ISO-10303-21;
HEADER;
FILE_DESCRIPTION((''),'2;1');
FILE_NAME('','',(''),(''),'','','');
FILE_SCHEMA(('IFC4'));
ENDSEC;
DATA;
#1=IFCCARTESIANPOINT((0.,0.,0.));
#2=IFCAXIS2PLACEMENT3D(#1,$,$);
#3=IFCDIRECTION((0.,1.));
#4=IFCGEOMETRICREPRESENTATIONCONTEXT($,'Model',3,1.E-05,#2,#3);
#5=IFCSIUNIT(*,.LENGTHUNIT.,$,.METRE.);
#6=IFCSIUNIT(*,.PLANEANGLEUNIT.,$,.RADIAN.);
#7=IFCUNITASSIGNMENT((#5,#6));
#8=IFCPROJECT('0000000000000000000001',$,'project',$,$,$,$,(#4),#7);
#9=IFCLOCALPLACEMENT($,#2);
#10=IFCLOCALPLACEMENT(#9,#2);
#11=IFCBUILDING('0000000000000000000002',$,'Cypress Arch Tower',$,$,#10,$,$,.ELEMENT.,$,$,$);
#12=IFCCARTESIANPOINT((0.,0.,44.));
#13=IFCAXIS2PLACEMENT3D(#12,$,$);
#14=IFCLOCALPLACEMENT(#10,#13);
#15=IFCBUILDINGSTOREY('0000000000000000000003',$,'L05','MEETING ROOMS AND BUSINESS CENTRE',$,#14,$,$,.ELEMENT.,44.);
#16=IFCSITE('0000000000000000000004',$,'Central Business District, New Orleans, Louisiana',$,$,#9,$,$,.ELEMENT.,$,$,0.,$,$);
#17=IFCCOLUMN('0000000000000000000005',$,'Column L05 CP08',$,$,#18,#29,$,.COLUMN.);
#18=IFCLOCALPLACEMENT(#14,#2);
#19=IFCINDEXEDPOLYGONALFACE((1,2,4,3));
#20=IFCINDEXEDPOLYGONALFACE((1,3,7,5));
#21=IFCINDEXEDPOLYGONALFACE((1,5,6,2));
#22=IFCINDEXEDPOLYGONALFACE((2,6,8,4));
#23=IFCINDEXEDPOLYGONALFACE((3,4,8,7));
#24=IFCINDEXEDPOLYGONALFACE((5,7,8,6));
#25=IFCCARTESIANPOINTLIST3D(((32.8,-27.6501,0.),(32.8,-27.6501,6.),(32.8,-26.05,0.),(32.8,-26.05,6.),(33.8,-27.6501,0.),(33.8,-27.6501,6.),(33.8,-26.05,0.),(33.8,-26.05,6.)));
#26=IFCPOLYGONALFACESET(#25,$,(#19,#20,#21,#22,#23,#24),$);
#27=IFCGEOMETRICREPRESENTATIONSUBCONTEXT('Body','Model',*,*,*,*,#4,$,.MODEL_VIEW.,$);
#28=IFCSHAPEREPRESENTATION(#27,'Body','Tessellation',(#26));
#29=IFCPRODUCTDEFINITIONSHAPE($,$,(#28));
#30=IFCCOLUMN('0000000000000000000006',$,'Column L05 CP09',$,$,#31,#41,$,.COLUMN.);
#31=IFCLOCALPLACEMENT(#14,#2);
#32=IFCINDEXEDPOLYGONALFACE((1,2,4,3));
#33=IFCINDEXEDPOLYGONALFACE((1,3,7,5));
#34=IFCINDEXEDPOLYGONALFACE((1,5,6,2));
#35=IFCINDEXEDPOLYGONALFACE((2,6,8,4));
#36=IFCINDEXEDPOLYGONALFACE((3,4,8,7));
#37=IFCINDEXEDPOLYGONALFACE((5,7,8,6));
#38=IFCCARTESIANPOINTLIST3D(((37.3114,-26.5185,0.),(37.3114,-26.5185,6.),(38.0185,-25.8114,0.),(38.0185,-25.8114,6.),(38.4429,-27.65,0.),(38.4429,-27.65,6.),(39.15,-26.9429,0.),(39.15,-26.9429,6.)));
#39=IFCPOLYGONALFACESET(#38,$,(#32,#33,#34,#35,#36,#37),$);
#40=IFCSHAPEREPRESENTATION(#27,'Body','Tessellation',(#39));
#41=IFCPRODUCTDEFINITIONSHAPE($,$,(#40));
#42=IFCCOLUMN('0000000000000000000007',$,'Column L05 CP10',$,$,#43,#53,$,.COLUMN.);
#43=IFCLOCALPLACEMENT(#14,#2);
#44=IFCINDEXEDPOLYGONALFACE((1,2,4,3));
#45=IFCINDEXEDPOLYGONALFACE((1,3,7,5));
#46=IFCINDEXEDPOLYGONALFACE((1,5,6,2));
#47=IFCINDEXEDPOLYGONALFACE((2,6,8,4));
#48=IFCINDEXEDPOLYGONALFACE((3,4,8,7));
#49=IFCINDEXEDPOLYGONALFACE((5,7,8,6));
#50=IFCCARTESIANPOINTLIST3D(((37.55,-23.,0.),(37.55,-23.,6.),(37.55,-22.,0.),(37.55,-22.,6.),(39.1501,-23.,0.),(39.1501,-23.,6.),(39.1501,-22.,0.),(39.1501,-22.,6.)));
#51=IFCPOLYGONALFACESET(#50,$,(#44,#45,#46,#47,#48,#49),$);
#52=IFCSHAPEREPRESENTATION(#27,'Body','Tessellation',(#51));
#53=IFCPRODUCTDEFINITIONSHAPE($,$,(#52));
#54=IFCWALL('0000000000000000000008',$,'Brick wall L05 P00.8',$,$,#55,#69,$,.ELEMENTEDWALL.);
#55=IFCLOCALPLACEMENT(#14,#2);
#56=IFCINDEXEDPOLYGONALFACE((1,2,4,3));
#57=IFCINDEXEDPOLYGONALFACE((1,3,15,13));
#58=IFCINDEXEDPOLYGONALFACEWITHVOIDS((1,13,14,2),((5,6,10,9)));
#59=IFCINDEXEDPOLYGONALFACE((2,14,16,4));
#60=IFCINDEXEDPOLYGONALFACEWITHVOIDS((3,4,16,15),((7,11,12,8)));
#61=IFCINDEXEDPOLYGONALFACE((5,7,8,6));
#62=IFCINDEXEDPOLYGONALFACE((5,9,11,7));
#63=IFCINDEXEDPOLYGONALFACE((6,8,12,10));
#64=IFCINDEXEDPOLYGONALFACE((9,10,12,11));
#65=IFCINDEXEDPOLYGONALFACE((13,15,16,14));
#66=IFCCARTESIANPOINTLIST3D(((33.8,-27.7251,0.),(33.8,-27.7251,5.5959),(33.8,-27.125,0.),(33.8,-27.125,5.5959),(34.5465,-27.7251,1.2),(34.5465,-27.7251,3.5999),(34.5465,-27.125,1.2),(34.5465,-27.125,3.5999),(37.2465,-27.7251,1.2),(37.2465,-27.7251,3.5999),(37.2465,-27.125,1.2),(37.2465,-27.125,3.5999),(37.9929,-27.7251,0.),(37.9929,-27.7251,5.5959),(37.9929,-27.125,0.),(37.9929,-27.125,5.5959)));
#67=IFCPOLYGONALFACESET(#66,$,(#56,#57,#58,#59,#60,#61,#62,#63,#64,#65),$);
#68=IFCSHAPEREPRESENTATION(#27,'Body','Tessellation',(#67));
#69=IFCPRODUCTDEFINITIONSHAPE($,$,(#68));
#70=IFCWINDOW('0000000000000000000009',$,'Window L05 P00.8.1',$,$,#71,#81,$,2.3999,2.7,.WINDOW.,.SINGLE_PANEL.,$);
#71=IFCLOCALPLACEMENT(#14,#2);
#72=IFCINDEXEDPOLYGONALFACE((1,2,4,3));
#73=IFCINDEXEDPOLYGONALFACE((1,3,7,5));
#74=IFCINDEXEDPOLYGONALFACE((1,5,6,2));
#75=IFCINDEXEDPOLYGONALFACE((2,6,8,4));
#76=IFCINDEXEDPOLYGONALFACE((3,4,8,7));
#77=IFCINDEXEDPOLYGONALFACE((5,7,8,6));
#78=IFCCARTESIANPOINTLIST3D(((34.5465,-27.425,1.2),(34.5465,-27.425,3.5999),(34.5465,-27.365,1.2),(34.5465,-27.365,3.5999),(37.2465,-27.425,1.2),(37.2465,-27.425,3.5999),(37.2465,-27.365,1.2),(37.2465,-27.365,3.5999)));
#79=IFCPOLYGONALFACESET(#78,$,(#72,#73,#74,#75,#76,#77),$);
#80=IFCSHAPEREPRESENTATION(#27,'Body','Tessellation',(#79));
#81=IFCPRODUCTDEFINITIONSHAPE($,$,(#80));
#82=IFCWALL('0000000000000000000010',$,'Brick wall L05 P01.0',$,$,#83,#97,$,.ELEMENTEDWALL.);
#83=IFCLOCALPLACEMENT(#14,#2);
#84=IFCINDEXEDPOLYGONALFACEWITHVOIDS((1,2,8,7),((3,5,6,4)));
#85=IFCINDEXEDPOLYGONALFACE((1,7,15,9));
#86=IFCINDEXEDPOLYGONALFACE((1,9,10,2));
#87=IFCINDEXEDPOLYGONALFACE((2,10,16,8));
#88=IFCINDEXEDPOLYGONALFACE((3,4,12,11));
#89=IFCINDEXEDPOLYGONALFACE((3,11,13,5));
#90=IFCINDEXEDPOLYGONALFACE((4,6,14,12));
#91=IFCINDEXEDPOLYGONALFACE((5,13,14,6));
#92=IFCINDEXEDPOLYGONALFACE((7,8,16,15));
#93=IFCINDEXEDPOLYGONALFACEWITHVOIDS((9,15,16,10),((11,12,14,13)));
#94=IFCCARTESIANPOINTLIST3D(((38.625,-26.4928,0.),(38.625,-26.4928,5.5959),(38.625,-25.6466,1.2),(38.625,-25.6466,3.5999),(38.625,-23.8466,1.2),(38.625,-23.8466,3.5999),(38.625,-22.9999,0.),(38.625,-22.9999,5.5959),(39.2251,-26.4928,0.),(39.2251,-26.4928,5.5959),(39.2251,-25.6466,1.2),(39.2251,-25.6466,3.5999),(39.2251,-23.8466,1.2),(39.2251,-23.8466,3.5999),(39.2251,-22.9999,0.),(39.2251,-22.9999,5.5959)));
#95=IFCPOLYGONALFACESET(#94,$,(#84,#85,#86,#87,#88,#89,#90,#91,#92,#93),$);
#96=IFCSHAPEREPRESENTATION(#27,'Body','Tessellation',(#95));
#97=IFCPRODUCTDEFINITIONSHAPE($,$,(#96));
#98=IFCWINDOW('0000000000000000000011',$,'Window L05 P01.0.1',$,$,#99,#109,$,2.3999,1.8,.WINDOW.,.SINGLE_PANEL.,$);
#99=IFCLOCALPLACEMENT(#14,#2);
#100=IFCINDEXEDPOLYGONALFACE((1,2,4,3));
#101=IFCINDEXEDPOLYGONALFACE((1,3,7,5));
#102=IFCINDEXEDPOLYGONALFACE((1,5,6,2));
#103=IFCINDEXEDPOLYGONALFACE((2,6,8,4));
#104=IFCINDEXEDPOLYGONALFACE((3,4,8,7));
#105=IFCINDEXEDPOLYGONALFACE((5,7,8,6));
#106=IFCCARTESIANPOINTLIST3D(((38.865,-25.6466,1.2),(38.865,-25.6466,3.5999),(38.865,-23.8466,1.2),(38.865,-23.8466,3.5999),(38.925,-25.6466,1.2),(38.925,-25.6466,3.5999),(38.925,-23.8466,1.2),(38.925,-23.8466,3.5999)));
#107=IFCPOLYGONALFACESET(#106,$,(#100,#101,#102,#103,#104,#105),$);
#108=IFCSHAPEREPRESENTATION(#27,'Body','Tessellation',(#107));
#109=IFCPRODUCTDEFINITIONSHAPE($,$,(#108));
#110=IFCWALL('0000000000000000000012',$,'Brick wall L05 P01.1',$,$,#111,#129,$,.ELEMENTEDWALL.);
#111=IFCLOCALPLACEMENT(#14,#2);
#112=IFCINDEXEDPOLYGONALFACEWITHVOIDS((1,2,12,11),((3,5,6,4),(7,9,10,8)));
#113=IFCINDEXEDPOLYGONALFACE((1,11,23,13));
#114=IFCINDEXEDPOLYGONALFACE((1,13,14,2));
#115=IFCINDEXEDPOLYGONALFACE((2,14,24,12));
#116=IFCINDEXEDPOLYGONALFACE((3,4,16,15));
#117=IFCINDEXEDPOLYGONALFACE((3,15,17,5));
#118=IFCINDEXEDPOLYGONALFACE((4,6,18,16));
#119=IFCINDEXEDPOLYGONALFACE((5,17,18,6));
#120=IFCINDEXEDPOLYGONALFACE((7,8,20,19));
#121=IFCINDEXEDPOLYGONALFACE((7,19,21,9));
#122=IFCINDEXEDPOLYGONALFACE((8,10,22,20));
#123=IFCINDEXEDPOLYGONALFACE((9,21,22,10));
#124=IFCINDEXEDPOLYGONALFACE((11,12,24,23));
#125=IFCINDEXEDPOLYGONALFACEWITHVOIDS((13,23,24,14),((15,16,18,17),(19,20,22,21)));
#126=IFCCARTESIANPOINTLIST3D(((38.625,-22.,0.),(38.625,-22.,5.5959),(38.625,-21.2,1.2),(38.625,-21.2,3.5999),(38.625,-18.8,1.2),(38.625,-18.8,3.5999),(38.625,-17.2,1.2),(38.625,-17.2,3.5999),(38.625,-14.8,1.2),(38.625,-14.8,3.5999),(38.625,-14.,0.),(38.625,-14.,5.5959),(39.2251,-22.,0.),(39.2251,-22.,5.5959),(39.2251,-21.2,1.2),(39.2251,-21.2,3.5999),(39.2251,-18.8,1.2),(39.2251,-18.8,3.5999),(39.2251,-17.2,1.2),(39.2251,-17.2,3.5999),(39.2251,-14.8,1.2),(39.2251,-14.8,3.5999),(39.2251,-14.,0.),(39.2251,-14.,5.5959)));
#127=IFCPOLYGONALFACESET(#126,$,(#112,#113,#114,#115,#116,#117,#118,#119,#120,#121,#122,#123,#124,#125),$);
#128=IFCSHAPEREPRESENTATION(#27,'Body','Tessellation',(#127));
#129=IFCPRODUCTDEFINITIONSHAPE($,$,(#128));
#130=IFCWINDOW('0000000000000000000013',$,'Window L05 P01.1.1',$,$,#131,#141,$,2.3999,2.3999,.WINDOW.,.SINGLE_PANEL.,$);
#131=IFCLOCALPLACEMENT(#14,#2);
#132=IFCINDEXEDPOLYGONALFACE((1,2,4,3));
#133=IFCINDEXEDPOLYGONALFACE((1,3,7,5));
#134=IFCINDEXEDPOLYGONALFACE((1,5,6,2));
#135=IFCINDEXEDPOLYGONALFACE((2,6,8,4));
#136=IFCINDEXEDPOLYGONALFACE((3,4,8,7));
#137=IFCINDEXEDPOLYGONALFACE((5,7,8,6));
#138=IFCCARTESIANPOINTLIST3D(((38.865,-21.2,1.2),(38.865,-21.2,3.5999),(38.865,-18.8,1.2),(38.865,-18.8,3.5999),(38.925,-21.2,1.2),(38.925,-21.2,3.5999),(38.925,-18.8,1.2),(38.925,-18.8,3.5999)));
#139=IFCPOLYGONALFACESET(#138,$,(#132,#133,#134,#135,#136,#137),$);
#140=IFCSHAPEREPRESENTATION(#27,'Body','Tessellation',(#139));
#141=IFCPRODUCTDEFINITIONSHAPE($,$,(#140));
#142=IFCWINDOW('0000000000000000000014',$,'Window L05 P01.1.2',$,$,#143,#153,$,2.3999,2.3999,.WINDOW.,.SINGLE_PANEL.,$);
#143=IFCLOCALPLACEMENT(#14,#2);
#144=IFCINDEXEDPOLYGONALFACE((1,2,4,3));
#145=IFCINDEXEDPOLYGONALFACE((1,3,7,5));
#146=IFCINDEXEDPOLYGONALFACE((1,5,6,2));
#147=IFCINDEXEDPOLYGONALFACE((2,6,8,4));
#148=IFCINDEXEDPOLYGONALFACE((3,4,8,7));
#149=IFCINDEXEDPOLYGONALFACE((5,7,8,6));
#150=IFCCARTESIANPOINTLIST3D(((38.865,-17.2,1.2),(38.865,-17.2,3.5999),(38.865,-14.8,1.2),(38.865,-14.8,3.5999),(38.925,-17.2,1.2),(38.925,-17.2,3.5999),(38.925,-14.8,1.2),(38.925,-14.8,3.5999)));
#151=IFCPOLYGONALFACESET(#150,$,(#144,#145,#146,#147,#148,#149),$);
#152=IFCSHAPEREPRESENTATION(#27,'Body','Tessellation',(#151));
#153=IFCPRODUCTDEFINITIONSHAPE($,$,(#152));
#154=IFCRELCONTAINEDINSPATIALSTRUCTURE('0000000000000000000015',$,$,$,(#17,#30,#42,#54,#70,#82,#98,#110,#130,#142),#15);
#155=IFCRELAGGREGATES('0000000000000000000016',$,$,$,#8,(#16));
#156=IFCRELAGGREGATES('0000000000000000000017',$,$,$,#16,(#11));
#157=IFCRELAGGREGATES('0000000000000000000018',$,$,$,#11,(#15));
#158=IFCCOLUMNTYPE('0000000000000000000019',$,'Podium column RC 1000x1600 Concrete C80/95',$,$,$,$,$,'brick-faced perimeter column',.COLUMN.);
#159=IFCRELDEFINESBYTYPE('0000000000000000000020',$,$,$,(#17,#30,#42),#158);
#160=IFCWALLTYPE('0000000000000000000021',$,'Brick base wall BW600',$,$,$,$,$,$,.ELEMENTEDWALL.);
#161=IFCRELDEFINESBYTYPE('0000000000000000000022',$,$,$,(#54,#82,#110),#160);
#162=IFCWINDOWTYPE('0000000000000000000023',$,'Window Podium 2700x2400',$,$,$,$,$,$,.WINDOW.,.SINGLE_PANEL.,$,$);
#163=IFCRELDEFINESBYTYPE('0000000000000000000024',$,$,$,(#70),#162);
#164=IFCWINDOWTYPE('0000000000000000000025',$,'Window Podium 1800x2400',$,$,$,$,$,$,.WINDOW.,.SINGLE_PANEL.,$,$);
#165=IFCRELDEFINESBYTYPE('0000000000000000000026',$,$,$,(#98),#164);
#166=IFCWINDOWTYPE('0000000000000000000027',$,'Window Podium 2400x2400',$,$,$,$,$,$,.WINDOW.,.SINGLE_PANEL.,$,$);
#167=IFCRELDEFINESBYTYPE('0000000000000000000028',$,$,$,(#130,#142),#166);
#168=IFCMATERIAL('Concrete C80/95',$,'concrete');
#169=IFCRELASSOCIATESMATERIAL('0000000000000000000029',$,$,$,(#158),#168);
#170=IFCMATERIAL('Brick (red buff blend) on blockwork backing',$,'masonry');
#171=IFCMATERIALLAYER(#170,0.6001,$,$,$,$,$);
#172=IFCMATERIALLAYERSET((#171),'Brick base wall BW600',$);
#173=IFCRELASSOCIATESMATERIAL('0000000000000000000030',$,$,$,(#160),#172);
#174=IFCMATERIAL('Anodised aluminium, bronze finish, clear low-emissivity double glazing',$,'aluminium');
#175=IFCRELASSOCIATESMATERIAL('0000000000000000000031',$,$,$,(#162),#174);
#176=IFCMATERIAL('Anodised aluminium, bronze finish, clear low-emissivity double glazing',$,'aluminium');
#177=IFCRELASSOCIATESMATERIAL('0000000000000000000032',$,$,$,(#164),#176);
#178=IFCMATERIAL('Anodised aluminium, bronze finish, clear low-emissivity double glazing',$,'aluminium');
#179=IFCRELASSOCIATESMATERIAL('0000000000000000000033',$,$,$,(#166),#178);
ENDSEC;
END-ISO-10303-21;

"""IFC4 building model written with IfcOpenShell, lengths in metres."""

from ifc_helpers import new_model, si_unit, direction, frame, frame_2d, origin, origin_2d, place, context, subcontext, project, spatial, rectangle, extrude, material, layer, layer_set, material_profile, profile_set, type_object, element, fill, save


model = new_model("IFC4")

# Units and contexts
model_context = context("Model", 3, precision=1e-05, world=origin(), true_north=direction((0.0, 1.0)))
body_context = subcontext(model_context, "Body", "Model", "MODEL_VIEW")
ifc_project = project(units=[si_unit("LENGTHUNIT", "METRE"), si_unit("PLANEANGLEUNIT", "RADIAN")], contexts=[model_context])

# Site, building, storey
site_placement = place(None, origin())
site = spatial("IfcSite", under=ifc_project, at=site_placement, Name="Central Business District, New Orleans, Louisiana", CompositionType="ELEMENT", RefElevation=0.0)
building_placement = place(site_placement, origin())
building = spatial("IfcBuilding", under=site, at=building_placement, Name="Cypress Arch Tower", CompositionType="ELEMENT")
storey_placement = place(building_placement, frame((0.0, 0.0, 44.0)))
storey = spatial("IfcBuildingStorey", under=building, at=storey_placement, Name="L05", Description="MEETING ROOMS AND BUSINESS CENTRE", CompositionType="ELEMENT", Elevation=44.0)

# Columns
ifc_material_1 = material(Name="Concrete C80/95", Category="concrete")
ifc_material_profile = material_profile(ifc_material_1, rectangle(XDim=1.0, YDim=1.6001, at=origin_2d()), Name="RC 1000x1600")
ifc_profile_set = profile_set([ifc_material_profile], Name="Concrete C80/95")
column_type = type_object("IfcColumnType", Name="Podium column RC 1000x1600 Concrete C80/95", ElementType="brick-faced perimeter column", PredefinedType="COLUMN", material=ifc_profile_set)
for number, where, z_axis, x_axis, name in (
    (1, (33.3, -26.8501, 0.0), (0.0, 0.0, 1.0), (1.0, 0.0, 0.0), "Column L05 CP08"),
    (2, (38.2307, -26.7307, 0.0), (0.0, 0.0, 1.0), (0.707107, 0.707107, 0.0), "Column L05 CP09"),
    (3, (38.3501, -22.5, 0.0), (0.0, 0.0, 1.0), (0.0, 1.0, 0.0), "Column L05 CP10"),
):
    element("IfcColumn", number, at=place(storey_placement, frame(where, z_axis=z_axis, x_axis=x_axis)), inside=storey, type_object=column_type, Name=name, PredefinedType="COLUMN", context=body_context, shape_type="SweptSolid", body=[
        extrude(rectangle(XDim=1.0, YDim=1.6001, at=origin_2d()), origin(), (0.0, 0.0, 1.0), 6.0),
    ])

# Walls, openings, windows
ifc_material_2 = material(Name="Brick (red buff blend) on blockwork backing", Category="masonry")
ifc_layer_1 = layer(ifc_material_2, 0.6001)
ifc_layer_set_1 = layer_set([ifc_layer_1], Name="Brick base wall BW600")
wall_type_1 = type_object("IfcWallType", Name="Brick base wall BW600", PredefinedType="ELEMENTEDWALL", material=ifc_layer_set_1)
wall_1_placement = place(storey_placement, frame((33.8, -27.425, 0.0), z_axis=(0.0, 0.0, 1.0), x_axis=(1.0, 0.0, 0.0)))
wall_1 = element("IfcWall", 4, at=wall_1_placement, inside=storey, type_object=wall_type_1, Name="Brick wall L05 P00.8", PredefinedType="ELEMENTEDWALL", context=body_context, shape_type="SweptSolid", body=[
    extrude(rectangle(XDim=4.1929, YDim=0.6001, at=frame_2d((2.0964, 0.0))), origin(), (0.0, 0.0, 1.0), 5.5959),
])
opening_1_placement = place(wall_1_placement, frame((0.7463, 0.0, 1.2)))
opening_1 = element("IfcOpeningElement", 5, at=opening_1_placement, cuts=wall_1, PredefinedType="OPENING", context=body_context, shape_type="SweptSolid", body=[
    extrude(rectangle(XDim=2.7, YDim=2.3999, at=frame_2d((1.3501, 1.2))), frame((0.0, 0.3101, 0.0), z_axis=(0.0, -1.0, 0.0), x_axis=(1.0, 0.0, 0.0)), (0.0, 0.0, 1.0), 0.6201),
])
ifc_material_3 = material(Name="Anodised aluminium, bronze finish, clear low-emissivity double glazing", Category="aluminium")
window_type_1 = type_object("IfcWindowType", Name="Window Podium 2700x2400", PartitioningType="SINGLE_PANEL", PredefinedType="WINDOW", material=ifc_material_3)
window_1_placement = place(opening_1_placement, origin())
window_1 = element("IfcWindow", 6, at=window_1_placement, inside=storey, type_object=window_type_1, Name="Window L05 P00.8.1", OverallHeight=2.3999, OverallWidth=2.7, PartitioningType="SINGLE_PANEL", PredefinedType="WINDOW", context=body_context, shape_type="SweptSolid", body=[
    extrude(rectangle(XDim=2.7, YDim=2.3999, at=frame_2d((1.3501, 1.2))), frame((0.0, 0.0601, 0.0), z_axis=(0.0, -1.0, 0.0), x_axis=(1.0, 0.0, 0.0)), (0.0, 0.0, 1.0), 0.0601),
])
fill(opening_1, window_1)
wall_2_placement = place(storey_placement, frame((38.925, -26.4929, 0.0), z_axis=(0.0, 0.0, 1.0), x_axis=(0.0, 1.0, 0.0)))
wall_2 = element("IfcWall", 7, at=wall_2_placement, inside=storey, type_object=wall_type_1, Name="Brick wall L05 P01.0", PredefinedType="ELEMENTEDWALL", context=body_context, shape_type="SweptSolid", body=[
    extrude(rectangle(XDim=3.4929, YDim=0.6001, at=frame_2d((1.7466, 0.0))), origin(), (0.0, 0.0, 1.0), 5.5959),
])
opening_2_placement = place(wall_2_placement, frame((0.8464, 0.0, 1.2)))
opening_2 = element("IfcOpeningElement", 8, at=opening_2_placement, cuts=wall_2, PredefinedType="OPENING", context=body_context, shape_type="SweptSolid", body=[
    extrude(rectangle(XDim=1.8, YDim=2.3999, at=frame_2d((0.8999, 1.2))), frame((0.0, 0.3101, 0.0), z_axis=(0.0, -1.0, 0.0), x_axis=(1.0, 0.0, 0.0)), (0.0, 0.0, 1.0), 0.6201),
])
ifc_material_4 = material(Name="Anodised aluminium, bronze finish, clear low-emissivity double glazing", Category="aluminium")
window_type_2 = type_object("IfcWindowType", Name="Window Podium 1800x2400", PartitioningType="SINGLE_PANEL", PredefinedType="WINDOW", material=ifc_material_4)
window_2_placement = place(opening_2_placement, origin())
window_2 = element("IfcWindow", 9, at=window_2_placement, inside=storey, type_object=window_type_2, Name="Window L05 P01.0.1", OverallHeight=2.3999, OverallWidth=1.8, PartitioningType="SINGLE_PANEL", PredefinedType="WINDOW", context=body_context, shape_type="SweptSolid", body=[
    extrude(rectangle(XDim=1.8, YDim=2.3999, at=frame_2d((0.8999, 1.2))), frame((0.0, 0.0601, 0.0), z_axis=(0.0, -1.0, 0.0), x_axis=(1.0, 0.0, 0.0)), (0.0, 0.0, 1.0), 0.0601),
])
fill(opening_2, window_2)

# Wall, openings, windows
wall_3_placement = place(storey_placement, frame((38.925, -22.0, 0.0), z_axis=(0.0, 0.0, 1.0), x_axis=(0.0, 1.0, 0.0)))
wall_3 = element("IfcWall", 10, at=wall_3_placement, inside=storey, type_object=wall_type_1, Name="Brick wall L05 P01.1", PredefinedType="ELEMENTEDWALL", context=body_context, shape_type="SweptSolid", body=[
    extrude(rectangle(XDim=8.0, YDim=0.6001, at=frame_2d((4.0, 0.0))), origin(), (0.0, 0.0, 1.0), 5.5959),
])
opening_3_placement = place(wall_3_placement, frame((0.8, 0.0, 1.2)))
opening_3 = element("IfcOpeningElement", 11, at=opening_3_placement, cuts=wall_3, PredefinedType="OPENING", context=body_context, shape_type="SweptSolid", body=[
    extrude(rectangle(XDim=2.3999, YDim=2.3999, at=frame_2d((1.2, 1.2))), frame((0.0, 0.3101, 0.0), z_axis=(0.0, -1.0, 0.0), x_axis=(1.0, 0.0, 0.0)), (0.0, 0.0, 1.0), 0.6201),
])
opening_4_placement = place(wall_3_placement, frame((4.8, 0.0, 1.2)))
opening_4 = element("IfcOpeningElement", 12, at=opening_4_placement, cuts=wall_3, PredefinedType="OPENING", context=body_context, shape_type="SweptSolid", body=[
    extrude(rectangle(XDim=2.3999, YDim=2.3999, at=frame_2d((1.2, 1.2))), frame((0.0, 0.3101, 0.0), z_axis=(0.0, -1.0, 0.0), x_axis=(1.0, 0.0, 0.0)), (0.0, 0.0, 1.0), 0.6201),
])
ifc_material_5 = material(Name="Anodised aluminium, bronze finish, clear low-emissivity double glazing", Category="aluminium")
window_type_3 = type_object("IfcWindowType", Name="Window Podium 2400x2400", PartitioningType="SINGLE_PANEL", PredefinedType="WINDOW", material=ifc_material_5)
window_3_placement = place(opening_3_placement, origin())
window_3 = element("IfcWindow", 13, at=window_3_placement, inside=storey, type_object=window_type_3, Name="Window L05 P01.1.1", OverallHeight=2.3999, OverallWidth=2.3999, PartitioningType="SINGLE_PANEL", PredefinedType="WINDOW", context=body_context, shape_type="SweptSolid", body=[
    extrude(rectangle(XDim=2.3999, YDim=2.3999, at=frame_2d((1.2, 1.2))), frame((0.0, 0.0601, 0.0), z_axis=(0.0, -1.0, 0.0), x_axis=(1.0, 0.0, 0.0)), (0.0, 0.0, 1.0), 0.0601),
])
fill(opening_3, window_3)
window_4_placement = place(opening_4_placement, origin())
window_4 = element("IfcWindow", 14, at=window_4_placement, inside=storey, type_object=window_type_3, Name="Window L05 P01.1.2", OverallHeight=2.3999, OverallWidth=2.3999, PartitioningType="SINGLE_PANEL", PredefinedType="WINDOW", context=body_context, shape_type="SweptSolid", body=[
    extrude(rectangle(XDim=2.3999, YDim=2.3999, at=frame_2d((1.2, 1.2))), frame((0.0, 0.0601, 0.0), z_axis=(0.0, -1.0, 0.0), x_axis=(1.0, 0.0, 0.0)), (0.0, 0.0, 1.0), 0.0601),
])
fill(opening_4, window_4)

save(model, "model.ifc")
